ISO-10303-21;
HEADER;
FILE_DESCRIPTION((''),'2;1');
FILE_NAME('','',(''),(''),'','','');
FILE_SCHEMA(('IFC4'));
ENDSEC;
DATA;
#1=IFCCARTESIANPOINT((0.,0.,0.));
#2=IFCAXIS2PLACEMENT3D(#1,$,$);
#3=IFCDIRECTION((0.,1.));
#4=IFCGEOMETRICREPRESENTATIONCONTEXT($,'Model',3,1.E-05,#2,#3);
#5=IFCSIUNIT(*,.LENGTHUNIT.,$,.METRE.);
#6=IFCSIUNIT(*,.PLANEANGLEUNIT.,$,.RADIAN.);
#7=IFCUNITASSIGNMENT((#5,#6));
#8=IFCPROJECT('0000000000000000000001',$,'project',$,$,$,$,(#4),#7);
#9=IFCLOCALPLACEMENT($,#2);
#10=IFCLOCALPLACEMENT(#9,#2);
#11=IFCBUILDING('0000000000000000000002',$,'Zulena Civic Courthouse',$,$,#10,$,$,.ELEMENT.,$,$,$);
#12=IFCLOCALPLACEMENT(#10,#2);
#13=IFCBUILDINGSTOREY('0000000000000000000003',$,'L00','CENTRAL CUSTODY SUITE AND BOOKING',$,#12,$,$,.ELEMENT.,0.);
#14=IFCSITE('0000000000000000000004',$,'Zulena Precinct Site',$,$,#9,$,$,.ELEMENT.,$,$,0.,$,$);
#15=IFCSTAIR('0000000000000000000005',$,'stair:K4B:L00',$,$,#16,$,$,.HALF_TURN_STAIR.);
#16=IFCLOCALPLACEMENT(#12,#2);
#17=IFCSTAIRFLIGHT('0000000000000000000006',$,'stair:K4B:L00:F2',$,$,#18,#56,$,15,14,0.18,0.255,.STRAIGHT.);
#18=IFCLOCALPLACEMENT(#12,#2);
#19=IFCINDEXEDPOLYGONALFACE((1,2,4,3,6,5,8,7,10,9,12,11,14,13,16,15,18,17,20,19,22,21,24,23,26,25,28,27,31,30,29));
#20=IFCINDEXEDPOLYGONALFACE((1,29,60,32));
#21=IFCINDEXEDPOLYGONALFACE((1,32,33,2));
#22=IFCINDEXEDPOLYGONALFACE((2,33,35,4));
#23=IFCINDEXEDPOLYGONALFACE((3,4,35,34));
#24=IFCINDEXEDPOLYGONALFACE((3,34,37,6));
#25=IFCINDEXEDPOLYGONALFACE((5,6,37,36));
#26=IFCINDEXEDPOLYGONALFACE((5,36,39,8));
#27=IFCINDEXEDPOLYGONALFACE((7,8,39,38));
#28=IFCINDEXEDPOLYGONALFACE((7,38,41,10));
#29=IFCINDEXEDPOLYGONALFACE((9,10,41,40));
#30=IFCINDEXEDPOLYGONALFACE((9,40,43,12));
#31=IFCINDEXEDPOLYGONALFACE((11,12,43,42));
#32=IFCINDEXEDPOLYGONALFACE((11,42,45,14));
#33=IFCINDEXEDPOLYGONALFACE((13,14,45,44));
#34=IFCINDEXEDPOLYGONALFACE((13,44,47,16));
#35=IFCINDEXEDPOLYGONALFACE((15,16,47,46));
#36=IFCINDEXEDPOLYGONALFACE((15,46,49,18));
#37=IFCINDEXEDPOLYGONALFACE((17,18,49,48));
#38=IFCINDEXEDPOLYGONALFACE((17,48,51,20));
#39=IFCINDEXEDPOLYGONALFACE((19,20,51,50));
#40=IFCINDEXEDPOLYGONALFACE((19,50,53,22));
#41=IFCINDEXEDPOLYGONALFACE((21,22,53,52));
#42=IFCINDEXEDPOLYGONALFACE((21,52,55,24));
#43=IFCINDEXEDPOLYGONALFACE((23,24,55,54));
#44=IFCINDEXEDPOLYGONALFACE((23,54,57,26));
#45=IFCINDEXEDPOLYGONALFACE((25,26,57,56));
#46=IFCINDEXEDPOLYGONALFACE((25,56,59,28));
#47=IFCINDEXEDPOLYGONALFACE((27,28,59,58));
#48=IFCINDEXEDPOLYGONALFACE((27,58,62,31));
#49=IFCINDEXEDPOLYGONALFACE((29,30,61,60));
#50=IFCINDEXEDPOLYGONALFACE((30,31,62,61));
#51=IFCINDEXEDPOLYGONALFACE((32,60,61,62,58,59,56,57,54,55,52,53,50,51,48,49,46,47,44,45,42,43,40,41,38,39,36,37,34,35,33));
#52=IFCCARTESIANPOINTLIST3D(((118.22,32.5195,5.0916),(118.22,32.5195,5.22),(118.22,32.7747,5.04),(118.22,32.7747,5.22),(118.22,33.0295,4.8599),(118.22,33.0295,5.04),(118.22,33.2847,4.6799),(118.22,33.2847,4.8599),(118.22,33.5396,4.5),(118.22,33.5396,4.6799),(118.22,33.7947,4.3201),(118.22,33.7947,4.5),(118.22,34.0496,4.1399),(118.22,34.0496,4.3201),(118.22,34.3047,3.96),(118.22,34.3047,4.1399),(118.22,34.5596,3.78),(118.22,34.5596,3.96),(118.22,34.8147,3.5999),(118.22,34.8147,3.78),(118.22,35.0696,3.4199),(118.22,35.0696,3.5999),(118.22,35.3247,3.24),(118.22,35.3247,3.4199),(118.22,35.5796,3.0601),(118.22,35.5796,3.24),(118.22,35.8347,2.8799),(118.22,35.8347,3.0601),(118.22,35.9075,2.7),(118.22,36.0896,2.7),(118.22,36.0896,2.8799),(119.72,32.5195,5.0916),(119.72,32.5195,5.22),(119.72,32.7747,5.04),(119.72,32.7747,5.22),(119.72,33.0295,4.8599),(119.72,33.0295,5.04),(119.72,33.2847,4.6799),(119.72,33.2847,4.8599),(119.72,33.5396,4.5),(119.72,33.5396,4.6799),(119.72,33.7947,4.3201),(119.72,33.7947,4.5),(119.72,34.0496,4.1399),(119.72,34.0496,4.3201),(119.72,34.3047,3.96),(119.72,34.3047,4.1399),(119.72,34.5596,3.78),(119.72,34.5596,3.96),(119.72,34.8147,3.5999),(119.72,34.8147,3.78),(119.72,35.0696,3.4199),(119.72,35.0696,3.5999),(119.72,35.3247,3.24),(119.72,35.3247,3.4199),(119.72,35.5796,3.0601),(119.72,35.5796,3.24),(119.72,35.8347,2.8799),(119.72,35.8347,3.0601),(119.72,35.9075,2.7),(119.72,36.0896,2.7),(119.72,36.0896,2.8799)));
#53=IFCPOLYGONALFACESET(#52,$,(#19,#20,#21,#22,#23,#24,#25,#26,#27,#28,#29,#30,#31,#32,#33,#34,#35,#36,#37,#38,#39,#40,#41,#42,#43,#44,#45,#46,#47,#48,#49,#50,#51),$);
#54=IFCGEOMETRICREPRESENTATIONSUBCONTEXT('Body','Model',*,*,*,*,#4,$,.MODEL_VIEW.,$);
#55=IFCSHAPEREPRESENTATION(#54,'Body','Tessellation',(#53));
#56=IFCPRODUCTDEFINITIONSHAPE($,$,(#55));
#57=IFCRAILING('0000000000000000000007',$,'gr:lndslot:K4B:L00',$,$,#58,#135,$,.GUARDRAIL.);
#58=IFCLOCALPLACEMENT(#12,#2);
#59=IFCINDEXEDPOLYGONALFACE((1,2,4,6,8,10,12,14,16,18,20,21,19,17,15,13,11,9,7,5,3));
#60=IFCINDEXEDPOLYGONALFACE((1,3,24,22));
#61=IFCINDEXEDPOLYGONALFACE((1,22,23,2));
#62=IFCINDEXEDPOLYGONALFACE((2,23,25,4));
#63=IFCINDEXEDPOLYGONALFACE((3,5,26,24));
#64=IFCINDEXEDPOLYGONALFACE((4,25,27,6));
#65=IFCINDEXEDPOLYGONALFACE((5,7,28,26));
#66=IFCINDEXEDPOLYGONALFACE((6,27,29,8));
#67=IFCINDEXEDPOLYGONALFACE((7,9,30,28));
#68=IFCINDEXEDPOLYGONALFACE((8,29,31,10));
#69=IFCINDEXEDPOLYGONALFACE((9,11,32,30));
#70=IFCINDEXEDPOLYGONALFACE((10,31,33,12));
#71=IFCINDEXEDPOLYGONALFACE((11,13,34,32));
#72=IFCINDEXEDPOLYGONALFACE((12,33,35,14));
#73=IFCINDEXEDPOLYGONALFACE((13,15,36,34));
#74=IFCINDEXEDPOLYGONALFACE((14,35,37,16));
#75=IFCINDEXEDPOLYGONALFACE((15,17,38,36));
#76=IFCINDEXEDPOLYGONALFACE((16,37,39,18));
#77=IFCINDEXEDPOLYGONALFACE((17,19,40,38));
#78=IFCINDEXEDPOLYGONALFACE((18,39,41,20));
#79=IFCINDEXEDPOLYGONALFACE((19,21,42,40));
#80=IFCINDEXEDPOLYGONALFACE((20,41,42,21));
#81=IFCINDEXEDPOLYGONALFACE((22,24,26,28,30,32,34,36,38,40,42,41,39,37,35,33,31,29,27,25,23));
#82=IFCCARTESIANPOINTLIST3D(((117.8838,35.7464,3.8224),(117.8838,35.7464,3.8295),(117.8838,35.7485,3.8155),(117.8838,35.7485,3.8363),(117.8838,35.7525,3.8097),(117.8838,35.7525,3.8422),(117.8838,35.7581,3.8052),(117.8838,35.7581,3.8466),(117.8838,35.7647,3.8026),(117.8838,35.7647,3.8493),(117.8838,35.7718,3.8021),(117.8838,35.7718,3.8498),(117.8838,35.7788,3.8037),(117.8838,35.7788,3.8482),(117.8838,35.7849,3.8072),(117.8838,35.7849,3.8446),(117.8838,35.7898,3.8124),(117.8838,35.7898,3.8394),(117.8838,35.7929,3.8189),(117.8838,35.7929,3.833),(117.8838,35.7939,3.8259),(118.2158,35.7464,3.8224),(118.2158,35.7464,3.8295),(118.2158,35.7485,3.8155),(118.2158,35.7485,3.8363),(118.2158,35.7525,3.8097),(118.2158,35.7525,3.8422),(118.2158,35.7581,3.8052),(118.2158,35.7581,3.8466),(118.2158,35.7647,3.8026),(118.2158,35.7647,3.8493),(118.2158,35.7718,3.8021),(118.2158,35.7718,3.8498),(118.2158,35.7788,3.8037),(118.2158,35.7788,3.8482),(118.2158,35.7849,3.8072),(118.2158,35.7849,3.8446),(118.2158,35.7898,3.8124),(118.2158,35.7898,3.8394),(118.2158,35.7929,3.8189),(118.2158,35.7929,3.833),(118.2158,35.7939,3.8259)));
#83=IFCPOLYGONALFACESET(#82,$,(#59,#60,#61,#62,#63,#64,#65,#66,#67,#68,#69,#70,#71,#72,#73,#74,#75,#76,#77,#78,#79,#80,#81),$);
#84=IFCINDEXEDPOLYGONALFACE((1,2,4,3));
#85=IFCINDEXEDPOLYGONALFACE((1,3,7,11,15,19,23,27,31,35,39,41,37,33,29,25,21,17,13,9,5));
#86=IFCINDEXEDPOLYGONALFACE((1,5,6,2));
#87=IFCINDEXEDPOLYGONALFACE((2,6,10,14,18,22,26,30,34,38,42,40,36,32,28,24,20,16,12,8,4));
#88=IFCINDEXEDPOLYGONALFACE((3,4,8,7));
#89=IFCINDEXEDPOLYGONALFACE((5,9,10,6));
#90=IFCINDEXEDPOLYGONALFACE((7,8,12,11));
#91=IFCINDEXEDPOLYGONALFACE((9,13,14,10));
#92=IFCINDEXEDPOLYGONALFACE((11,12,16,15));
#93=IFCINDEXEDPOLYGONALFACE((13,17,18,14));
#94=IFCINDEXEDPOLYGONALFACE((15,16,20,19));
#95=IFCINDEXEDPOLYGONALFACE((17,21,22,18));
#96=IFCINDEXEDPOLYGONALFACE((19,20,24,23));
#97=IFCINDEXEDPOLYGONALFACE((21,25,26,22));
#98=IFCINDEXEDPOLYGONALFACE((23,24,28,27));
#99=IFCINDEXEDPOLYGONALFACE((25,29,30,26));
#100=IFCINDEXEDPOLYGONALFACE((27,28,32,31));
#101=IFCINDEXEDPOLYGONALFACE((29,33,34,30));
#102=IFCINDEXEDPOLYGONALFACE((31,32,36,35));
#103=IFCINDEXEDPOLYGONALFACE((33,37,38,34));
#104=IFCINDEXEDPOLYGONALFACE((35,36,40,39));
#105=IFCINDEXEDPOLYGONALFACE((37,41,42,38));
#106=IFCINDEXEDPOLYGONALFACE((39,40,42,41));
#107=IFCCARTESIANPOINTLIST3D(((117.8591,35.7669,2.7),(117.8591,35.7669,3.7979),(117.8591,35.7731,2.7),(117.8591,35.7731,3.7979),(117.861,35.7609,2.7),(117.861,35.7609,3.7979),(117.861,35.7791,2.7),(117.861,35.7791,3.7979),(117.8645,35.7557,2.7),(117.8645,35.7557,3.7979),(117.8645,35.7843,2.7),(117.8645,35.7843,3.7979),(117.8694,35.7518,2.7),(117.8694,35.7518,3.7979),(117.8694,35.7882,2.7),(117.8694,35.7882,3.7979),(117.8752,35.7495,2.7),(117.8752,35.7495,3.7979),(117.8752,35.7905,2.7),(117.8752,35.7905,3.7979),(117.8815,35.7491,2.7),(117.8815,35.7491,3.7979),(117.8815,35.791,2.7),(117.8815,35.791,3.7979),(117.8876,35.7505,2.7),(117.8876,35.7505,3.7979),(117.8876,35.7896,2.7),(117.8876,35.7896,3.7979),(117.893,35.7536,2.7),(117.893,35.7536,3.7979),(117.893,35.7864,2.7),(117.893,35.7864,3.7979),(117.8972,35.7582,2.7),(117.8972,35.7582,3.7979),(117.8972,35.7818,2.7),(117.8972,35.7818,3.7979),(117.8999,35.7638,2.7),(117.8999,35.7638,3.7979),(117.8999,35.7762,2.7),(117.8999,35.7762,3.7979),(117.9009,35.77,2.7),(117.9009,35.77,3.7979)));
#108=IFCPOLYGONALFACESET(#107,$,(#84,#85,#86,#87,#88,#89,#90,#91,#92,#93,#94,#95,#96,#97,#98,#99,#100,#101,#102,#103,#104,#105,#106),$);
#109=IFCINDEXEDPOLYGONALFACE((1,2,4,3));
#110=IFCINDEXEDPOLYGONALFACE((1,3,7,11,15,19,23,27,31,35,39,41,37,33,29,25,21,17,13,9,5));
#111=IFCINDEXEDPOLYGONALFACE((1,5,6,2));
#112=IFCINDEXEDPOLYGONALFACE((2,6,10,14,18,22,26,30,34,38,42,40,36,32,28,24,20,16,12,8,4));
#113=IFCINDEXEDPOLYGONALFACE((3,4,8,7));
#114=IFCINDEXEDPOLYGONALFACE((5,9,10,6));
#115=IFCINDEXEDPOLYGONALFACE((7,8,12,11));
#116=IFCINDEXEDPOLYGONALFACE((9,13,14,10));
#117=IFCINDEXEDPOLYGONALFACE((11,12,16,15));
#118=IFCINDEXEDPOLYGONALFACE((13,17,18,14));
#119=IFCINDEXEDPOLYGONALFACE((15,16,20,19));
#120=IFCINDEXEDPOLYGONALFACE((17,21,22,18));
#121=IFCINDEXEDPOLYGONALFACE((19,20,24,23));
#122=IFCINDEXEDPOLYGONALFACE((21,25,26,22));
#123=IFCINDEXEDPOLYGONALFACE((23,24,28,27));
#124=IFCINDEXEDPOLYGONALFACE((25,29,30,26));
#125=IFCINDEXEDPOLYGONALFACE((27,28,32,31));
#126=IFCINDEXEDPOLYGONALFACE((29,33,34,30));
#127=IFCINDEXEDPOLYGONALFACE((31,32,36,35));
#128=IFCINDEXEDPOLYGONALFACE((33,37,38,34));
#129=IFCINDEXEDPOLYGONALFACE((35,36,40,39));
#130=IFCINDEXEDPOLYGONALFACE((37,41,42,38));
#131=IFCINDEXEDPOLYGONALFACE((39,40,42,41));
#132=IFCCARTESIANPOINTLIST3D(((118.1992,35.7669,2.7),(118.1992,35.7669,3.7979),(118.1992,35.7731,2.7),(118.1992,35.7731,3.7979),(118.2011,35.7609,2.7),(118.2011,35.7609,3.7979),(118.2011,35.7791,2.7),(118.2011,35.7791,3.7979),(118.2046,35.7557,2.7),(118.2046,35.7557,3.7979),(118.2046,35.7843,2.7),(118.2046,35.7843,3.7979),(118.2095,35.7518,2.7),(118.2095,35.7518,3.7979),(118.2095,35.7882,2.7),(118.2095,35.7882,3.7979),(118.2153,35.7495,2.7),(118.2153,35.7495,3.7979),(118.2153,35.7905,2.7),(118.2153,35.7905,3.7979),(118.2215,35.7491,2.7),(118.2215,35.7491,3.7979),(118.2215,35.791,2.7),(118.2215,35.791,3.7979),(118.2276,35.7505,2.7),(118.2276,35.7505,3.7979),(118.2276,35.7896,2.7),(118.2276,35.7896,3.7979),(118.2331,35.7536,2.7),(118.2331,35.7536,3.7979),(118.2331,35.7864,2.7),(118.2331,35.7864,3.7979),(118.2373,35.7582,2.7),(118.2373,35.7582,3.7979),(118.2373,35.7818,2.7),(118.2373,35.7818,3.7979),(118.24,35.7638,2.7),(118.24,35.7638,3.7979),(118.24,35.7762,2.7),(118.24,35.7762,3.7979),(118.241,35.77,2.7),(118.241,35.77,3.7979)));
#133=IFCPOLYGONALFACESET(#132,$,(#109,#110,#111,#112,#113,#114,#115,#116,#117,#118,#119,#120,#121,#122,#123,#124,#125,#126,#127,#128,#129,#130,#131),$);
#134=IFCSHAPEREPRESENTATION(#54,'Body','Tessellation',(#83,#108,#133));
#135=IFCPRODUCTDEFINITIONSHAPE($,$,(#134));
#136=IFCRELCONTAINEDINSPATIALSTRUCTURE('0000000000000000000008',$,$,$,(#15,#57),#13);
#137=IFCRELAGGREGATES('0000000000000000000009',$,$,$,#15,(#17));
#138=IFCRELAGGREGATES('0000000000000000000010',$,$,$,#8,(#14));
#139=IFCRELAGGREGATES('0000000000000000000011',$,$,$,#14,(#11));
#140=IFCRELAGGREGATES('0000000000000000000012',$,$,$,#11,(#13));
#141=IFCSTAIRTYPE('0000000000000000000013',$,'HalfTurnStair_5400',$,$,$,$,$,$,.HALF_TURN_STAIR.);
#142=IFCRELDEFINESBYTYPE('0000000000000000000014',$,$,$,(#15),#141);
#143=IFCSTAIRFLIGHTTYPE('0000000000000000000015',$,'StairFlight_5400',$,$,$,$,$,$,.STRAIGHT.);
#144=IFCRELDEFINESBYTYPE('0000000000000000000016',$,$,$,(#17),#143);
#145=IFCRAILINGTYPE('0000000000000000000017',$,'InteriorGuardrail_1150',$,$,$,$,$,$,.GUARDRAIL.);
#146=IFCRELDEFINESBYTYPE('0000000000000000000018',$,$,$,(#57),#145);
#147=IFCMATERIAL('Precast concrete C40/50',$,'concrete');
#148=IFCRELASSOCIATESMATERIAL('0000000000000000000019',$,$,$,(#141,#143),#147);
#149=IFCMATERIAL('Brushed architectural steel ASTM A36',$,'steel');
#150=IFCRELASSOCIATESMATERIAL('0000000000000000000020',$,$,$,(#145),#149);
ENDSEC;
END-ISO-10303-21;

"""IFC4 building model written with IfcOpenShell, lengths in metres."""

from ifc_helpers import new_model, si_unit, direction, frame, origin, origin_2d, place, context, subcontext, project, spatial, polyline, circle, outline, extrude, material, type_object, element, aggregate, save


model = new_model("IFC4")

# Units and contexts
model_context = context("Model", 3, precision=1e-05, world=origin(), true_north=direction((0.0, 1.0)))
body_context = subcontext(model_context, "Body", "Model", "MODEL_VIEW")
ifc_project = project(units=[si_unit("LENGTHUNIT", "METRE"), si_unit("PLANEANGLEUNIT", "RADIAN")], contexts=[model_context])

# Site, building, storey
site_placement = place(None, origin())
site = spatial("IfcSite", under=ifc_project, at=site_placement, Name="Zulena Precinct Site", CompositionType="ELEMENT", RefElevation=0.0)
building_placement = place(site_placement, origin())
building = spatial("IfcBuilding", under=site, at=building_placement, Name="Zulena Civic Courthouse", CompositionType="ELEMENT")
storey_placement = place(building_placement, origin())
storey = spatial("IfcBuildingStorey", under=building, at=storey_placement, Name="L00", Description="CENTRAL CUSTODY SUITE AND BOOKING", CompositionType="ELEMENT", Elevation=0.0)

# Stair, stair flight
ifc_material_1 = material(Name="Precast concrete C40/50", Category="concrete")
stair_type = type_object("IfcStairType", Name="HalfTurnStair_5400", PredefinedType="HALF_TURN_STAIR", material=ifc_material_1)
stair_placement = place(storey_placement, origin())
stair = element("IfcStair", 1, at=stair_placement, inside=storey, type_object=stair_type, Name="stair:K4B:L00", PredefinedType="HALF_TURN_STAIR")
stair_flight_type = type_object("IfcStairFlightType", Name="StairFlight_5400", PredefinedType="STRAIGHT", material=ifc_material_1)
stair_flight_1_placement = place(storey_placement, frame((118.97, 36.0896, 2.7), z_axis=(0.0, 0.0, 1.0), x_axis=(0.0, -1.0, 0.0)))
stair_flight_1 = element("IfcStairFlight", 2, at=stair_flight_1_placement, type_object=stair_flight_type, Name="stair:K4B:L00:F2", NumberOfRisers=15, NumberOfTreads=14, PredefinedType="STRAIGHT", RiserHeight=0.18, TreadLength=0.255, context=body_context, shape_type="SweptSolid", body=[
    extrude(outline(polyline([(0.0, 0.0), (0.0, 0.1799), (0.2549, 0.1799), (0.2549, 0.3601), (0.51, 0.3601), (0.51, 0.54), (0.7649, 0.54), (0.7649, 0.72), (1.02, 0.72), (1.02, 0.8999), (1.2749, 0.8999), (1.2749, 1.0801), (1.53, 1.0801), (1.53, 1.26), (1.7849, 1.26), (1.7849, 1.4399), (2.04, 1.4399), (2.04, 1.6201), (2.2949, 1.6201), (2.2949, 1.8), (2.55, 1.8), (2.55, 1.98), (2.8049, 1.98), (2.8049, 2.1599), (3.0601, 2.1599), (3.0601, 2.3401), (3.3149, 2.3401), (3.3149, 2.52), (3.5701, 2.52), (3.5701, 2.7), (3.5701, 2.3916), (0.1821, 0.0), (0.0, 0.0)])), frame((0.0, 0.75, 0.0), z_axis=(0.0, -1.0, 0.0), x_axis=(1.0, 0.0, 0.0)), (0.0, 0.0, 1.0), 1.5),
])
aggregate(stair, [stair_flight_1])

# Railing
ifc_material_2 = material(Name="Brushed architectural steel ASTM A36", Category="steel")
railing_type_1 = type_object("IfcRailingType", Name="InteriorGuardrail_1150", PredefinedType="GUARDRAIL", material=ifc_material_2)
railing_1_placement = place(storey_placement, frame((117.8799, 35.77, 2.7)))
element("IfcRailing", 3, at=railing_1_placement, inside=storey, type_object=railing_type_1, Name="gr:lndslot:K4B:L00", PredefinedType="GUARDRAIL", context=body_context, shape_type="SweptSolid", body=[
    extrude(circle(Radius=0.0239, at=origin_2d()), frame((0.0039, 0.0, 1.126), z_axis=(1.0, 0.0, 0.0), x_axis=(0.0, 1.0, 0.0)), (0.0, 0.0, 1.0), 0.332),
    extrude(circle(Radius=0.021, at=origin_2d()), origin(), (0.0, 0.0, 1.0), 1.0979),
    extrude(circle(Radius=0.021, at=origin_2d()), frame((0.3401, 0.0, 0.0)), (0.0, 0.0, 1.0), 1.0979),
])

save(model, "model.ifc")
